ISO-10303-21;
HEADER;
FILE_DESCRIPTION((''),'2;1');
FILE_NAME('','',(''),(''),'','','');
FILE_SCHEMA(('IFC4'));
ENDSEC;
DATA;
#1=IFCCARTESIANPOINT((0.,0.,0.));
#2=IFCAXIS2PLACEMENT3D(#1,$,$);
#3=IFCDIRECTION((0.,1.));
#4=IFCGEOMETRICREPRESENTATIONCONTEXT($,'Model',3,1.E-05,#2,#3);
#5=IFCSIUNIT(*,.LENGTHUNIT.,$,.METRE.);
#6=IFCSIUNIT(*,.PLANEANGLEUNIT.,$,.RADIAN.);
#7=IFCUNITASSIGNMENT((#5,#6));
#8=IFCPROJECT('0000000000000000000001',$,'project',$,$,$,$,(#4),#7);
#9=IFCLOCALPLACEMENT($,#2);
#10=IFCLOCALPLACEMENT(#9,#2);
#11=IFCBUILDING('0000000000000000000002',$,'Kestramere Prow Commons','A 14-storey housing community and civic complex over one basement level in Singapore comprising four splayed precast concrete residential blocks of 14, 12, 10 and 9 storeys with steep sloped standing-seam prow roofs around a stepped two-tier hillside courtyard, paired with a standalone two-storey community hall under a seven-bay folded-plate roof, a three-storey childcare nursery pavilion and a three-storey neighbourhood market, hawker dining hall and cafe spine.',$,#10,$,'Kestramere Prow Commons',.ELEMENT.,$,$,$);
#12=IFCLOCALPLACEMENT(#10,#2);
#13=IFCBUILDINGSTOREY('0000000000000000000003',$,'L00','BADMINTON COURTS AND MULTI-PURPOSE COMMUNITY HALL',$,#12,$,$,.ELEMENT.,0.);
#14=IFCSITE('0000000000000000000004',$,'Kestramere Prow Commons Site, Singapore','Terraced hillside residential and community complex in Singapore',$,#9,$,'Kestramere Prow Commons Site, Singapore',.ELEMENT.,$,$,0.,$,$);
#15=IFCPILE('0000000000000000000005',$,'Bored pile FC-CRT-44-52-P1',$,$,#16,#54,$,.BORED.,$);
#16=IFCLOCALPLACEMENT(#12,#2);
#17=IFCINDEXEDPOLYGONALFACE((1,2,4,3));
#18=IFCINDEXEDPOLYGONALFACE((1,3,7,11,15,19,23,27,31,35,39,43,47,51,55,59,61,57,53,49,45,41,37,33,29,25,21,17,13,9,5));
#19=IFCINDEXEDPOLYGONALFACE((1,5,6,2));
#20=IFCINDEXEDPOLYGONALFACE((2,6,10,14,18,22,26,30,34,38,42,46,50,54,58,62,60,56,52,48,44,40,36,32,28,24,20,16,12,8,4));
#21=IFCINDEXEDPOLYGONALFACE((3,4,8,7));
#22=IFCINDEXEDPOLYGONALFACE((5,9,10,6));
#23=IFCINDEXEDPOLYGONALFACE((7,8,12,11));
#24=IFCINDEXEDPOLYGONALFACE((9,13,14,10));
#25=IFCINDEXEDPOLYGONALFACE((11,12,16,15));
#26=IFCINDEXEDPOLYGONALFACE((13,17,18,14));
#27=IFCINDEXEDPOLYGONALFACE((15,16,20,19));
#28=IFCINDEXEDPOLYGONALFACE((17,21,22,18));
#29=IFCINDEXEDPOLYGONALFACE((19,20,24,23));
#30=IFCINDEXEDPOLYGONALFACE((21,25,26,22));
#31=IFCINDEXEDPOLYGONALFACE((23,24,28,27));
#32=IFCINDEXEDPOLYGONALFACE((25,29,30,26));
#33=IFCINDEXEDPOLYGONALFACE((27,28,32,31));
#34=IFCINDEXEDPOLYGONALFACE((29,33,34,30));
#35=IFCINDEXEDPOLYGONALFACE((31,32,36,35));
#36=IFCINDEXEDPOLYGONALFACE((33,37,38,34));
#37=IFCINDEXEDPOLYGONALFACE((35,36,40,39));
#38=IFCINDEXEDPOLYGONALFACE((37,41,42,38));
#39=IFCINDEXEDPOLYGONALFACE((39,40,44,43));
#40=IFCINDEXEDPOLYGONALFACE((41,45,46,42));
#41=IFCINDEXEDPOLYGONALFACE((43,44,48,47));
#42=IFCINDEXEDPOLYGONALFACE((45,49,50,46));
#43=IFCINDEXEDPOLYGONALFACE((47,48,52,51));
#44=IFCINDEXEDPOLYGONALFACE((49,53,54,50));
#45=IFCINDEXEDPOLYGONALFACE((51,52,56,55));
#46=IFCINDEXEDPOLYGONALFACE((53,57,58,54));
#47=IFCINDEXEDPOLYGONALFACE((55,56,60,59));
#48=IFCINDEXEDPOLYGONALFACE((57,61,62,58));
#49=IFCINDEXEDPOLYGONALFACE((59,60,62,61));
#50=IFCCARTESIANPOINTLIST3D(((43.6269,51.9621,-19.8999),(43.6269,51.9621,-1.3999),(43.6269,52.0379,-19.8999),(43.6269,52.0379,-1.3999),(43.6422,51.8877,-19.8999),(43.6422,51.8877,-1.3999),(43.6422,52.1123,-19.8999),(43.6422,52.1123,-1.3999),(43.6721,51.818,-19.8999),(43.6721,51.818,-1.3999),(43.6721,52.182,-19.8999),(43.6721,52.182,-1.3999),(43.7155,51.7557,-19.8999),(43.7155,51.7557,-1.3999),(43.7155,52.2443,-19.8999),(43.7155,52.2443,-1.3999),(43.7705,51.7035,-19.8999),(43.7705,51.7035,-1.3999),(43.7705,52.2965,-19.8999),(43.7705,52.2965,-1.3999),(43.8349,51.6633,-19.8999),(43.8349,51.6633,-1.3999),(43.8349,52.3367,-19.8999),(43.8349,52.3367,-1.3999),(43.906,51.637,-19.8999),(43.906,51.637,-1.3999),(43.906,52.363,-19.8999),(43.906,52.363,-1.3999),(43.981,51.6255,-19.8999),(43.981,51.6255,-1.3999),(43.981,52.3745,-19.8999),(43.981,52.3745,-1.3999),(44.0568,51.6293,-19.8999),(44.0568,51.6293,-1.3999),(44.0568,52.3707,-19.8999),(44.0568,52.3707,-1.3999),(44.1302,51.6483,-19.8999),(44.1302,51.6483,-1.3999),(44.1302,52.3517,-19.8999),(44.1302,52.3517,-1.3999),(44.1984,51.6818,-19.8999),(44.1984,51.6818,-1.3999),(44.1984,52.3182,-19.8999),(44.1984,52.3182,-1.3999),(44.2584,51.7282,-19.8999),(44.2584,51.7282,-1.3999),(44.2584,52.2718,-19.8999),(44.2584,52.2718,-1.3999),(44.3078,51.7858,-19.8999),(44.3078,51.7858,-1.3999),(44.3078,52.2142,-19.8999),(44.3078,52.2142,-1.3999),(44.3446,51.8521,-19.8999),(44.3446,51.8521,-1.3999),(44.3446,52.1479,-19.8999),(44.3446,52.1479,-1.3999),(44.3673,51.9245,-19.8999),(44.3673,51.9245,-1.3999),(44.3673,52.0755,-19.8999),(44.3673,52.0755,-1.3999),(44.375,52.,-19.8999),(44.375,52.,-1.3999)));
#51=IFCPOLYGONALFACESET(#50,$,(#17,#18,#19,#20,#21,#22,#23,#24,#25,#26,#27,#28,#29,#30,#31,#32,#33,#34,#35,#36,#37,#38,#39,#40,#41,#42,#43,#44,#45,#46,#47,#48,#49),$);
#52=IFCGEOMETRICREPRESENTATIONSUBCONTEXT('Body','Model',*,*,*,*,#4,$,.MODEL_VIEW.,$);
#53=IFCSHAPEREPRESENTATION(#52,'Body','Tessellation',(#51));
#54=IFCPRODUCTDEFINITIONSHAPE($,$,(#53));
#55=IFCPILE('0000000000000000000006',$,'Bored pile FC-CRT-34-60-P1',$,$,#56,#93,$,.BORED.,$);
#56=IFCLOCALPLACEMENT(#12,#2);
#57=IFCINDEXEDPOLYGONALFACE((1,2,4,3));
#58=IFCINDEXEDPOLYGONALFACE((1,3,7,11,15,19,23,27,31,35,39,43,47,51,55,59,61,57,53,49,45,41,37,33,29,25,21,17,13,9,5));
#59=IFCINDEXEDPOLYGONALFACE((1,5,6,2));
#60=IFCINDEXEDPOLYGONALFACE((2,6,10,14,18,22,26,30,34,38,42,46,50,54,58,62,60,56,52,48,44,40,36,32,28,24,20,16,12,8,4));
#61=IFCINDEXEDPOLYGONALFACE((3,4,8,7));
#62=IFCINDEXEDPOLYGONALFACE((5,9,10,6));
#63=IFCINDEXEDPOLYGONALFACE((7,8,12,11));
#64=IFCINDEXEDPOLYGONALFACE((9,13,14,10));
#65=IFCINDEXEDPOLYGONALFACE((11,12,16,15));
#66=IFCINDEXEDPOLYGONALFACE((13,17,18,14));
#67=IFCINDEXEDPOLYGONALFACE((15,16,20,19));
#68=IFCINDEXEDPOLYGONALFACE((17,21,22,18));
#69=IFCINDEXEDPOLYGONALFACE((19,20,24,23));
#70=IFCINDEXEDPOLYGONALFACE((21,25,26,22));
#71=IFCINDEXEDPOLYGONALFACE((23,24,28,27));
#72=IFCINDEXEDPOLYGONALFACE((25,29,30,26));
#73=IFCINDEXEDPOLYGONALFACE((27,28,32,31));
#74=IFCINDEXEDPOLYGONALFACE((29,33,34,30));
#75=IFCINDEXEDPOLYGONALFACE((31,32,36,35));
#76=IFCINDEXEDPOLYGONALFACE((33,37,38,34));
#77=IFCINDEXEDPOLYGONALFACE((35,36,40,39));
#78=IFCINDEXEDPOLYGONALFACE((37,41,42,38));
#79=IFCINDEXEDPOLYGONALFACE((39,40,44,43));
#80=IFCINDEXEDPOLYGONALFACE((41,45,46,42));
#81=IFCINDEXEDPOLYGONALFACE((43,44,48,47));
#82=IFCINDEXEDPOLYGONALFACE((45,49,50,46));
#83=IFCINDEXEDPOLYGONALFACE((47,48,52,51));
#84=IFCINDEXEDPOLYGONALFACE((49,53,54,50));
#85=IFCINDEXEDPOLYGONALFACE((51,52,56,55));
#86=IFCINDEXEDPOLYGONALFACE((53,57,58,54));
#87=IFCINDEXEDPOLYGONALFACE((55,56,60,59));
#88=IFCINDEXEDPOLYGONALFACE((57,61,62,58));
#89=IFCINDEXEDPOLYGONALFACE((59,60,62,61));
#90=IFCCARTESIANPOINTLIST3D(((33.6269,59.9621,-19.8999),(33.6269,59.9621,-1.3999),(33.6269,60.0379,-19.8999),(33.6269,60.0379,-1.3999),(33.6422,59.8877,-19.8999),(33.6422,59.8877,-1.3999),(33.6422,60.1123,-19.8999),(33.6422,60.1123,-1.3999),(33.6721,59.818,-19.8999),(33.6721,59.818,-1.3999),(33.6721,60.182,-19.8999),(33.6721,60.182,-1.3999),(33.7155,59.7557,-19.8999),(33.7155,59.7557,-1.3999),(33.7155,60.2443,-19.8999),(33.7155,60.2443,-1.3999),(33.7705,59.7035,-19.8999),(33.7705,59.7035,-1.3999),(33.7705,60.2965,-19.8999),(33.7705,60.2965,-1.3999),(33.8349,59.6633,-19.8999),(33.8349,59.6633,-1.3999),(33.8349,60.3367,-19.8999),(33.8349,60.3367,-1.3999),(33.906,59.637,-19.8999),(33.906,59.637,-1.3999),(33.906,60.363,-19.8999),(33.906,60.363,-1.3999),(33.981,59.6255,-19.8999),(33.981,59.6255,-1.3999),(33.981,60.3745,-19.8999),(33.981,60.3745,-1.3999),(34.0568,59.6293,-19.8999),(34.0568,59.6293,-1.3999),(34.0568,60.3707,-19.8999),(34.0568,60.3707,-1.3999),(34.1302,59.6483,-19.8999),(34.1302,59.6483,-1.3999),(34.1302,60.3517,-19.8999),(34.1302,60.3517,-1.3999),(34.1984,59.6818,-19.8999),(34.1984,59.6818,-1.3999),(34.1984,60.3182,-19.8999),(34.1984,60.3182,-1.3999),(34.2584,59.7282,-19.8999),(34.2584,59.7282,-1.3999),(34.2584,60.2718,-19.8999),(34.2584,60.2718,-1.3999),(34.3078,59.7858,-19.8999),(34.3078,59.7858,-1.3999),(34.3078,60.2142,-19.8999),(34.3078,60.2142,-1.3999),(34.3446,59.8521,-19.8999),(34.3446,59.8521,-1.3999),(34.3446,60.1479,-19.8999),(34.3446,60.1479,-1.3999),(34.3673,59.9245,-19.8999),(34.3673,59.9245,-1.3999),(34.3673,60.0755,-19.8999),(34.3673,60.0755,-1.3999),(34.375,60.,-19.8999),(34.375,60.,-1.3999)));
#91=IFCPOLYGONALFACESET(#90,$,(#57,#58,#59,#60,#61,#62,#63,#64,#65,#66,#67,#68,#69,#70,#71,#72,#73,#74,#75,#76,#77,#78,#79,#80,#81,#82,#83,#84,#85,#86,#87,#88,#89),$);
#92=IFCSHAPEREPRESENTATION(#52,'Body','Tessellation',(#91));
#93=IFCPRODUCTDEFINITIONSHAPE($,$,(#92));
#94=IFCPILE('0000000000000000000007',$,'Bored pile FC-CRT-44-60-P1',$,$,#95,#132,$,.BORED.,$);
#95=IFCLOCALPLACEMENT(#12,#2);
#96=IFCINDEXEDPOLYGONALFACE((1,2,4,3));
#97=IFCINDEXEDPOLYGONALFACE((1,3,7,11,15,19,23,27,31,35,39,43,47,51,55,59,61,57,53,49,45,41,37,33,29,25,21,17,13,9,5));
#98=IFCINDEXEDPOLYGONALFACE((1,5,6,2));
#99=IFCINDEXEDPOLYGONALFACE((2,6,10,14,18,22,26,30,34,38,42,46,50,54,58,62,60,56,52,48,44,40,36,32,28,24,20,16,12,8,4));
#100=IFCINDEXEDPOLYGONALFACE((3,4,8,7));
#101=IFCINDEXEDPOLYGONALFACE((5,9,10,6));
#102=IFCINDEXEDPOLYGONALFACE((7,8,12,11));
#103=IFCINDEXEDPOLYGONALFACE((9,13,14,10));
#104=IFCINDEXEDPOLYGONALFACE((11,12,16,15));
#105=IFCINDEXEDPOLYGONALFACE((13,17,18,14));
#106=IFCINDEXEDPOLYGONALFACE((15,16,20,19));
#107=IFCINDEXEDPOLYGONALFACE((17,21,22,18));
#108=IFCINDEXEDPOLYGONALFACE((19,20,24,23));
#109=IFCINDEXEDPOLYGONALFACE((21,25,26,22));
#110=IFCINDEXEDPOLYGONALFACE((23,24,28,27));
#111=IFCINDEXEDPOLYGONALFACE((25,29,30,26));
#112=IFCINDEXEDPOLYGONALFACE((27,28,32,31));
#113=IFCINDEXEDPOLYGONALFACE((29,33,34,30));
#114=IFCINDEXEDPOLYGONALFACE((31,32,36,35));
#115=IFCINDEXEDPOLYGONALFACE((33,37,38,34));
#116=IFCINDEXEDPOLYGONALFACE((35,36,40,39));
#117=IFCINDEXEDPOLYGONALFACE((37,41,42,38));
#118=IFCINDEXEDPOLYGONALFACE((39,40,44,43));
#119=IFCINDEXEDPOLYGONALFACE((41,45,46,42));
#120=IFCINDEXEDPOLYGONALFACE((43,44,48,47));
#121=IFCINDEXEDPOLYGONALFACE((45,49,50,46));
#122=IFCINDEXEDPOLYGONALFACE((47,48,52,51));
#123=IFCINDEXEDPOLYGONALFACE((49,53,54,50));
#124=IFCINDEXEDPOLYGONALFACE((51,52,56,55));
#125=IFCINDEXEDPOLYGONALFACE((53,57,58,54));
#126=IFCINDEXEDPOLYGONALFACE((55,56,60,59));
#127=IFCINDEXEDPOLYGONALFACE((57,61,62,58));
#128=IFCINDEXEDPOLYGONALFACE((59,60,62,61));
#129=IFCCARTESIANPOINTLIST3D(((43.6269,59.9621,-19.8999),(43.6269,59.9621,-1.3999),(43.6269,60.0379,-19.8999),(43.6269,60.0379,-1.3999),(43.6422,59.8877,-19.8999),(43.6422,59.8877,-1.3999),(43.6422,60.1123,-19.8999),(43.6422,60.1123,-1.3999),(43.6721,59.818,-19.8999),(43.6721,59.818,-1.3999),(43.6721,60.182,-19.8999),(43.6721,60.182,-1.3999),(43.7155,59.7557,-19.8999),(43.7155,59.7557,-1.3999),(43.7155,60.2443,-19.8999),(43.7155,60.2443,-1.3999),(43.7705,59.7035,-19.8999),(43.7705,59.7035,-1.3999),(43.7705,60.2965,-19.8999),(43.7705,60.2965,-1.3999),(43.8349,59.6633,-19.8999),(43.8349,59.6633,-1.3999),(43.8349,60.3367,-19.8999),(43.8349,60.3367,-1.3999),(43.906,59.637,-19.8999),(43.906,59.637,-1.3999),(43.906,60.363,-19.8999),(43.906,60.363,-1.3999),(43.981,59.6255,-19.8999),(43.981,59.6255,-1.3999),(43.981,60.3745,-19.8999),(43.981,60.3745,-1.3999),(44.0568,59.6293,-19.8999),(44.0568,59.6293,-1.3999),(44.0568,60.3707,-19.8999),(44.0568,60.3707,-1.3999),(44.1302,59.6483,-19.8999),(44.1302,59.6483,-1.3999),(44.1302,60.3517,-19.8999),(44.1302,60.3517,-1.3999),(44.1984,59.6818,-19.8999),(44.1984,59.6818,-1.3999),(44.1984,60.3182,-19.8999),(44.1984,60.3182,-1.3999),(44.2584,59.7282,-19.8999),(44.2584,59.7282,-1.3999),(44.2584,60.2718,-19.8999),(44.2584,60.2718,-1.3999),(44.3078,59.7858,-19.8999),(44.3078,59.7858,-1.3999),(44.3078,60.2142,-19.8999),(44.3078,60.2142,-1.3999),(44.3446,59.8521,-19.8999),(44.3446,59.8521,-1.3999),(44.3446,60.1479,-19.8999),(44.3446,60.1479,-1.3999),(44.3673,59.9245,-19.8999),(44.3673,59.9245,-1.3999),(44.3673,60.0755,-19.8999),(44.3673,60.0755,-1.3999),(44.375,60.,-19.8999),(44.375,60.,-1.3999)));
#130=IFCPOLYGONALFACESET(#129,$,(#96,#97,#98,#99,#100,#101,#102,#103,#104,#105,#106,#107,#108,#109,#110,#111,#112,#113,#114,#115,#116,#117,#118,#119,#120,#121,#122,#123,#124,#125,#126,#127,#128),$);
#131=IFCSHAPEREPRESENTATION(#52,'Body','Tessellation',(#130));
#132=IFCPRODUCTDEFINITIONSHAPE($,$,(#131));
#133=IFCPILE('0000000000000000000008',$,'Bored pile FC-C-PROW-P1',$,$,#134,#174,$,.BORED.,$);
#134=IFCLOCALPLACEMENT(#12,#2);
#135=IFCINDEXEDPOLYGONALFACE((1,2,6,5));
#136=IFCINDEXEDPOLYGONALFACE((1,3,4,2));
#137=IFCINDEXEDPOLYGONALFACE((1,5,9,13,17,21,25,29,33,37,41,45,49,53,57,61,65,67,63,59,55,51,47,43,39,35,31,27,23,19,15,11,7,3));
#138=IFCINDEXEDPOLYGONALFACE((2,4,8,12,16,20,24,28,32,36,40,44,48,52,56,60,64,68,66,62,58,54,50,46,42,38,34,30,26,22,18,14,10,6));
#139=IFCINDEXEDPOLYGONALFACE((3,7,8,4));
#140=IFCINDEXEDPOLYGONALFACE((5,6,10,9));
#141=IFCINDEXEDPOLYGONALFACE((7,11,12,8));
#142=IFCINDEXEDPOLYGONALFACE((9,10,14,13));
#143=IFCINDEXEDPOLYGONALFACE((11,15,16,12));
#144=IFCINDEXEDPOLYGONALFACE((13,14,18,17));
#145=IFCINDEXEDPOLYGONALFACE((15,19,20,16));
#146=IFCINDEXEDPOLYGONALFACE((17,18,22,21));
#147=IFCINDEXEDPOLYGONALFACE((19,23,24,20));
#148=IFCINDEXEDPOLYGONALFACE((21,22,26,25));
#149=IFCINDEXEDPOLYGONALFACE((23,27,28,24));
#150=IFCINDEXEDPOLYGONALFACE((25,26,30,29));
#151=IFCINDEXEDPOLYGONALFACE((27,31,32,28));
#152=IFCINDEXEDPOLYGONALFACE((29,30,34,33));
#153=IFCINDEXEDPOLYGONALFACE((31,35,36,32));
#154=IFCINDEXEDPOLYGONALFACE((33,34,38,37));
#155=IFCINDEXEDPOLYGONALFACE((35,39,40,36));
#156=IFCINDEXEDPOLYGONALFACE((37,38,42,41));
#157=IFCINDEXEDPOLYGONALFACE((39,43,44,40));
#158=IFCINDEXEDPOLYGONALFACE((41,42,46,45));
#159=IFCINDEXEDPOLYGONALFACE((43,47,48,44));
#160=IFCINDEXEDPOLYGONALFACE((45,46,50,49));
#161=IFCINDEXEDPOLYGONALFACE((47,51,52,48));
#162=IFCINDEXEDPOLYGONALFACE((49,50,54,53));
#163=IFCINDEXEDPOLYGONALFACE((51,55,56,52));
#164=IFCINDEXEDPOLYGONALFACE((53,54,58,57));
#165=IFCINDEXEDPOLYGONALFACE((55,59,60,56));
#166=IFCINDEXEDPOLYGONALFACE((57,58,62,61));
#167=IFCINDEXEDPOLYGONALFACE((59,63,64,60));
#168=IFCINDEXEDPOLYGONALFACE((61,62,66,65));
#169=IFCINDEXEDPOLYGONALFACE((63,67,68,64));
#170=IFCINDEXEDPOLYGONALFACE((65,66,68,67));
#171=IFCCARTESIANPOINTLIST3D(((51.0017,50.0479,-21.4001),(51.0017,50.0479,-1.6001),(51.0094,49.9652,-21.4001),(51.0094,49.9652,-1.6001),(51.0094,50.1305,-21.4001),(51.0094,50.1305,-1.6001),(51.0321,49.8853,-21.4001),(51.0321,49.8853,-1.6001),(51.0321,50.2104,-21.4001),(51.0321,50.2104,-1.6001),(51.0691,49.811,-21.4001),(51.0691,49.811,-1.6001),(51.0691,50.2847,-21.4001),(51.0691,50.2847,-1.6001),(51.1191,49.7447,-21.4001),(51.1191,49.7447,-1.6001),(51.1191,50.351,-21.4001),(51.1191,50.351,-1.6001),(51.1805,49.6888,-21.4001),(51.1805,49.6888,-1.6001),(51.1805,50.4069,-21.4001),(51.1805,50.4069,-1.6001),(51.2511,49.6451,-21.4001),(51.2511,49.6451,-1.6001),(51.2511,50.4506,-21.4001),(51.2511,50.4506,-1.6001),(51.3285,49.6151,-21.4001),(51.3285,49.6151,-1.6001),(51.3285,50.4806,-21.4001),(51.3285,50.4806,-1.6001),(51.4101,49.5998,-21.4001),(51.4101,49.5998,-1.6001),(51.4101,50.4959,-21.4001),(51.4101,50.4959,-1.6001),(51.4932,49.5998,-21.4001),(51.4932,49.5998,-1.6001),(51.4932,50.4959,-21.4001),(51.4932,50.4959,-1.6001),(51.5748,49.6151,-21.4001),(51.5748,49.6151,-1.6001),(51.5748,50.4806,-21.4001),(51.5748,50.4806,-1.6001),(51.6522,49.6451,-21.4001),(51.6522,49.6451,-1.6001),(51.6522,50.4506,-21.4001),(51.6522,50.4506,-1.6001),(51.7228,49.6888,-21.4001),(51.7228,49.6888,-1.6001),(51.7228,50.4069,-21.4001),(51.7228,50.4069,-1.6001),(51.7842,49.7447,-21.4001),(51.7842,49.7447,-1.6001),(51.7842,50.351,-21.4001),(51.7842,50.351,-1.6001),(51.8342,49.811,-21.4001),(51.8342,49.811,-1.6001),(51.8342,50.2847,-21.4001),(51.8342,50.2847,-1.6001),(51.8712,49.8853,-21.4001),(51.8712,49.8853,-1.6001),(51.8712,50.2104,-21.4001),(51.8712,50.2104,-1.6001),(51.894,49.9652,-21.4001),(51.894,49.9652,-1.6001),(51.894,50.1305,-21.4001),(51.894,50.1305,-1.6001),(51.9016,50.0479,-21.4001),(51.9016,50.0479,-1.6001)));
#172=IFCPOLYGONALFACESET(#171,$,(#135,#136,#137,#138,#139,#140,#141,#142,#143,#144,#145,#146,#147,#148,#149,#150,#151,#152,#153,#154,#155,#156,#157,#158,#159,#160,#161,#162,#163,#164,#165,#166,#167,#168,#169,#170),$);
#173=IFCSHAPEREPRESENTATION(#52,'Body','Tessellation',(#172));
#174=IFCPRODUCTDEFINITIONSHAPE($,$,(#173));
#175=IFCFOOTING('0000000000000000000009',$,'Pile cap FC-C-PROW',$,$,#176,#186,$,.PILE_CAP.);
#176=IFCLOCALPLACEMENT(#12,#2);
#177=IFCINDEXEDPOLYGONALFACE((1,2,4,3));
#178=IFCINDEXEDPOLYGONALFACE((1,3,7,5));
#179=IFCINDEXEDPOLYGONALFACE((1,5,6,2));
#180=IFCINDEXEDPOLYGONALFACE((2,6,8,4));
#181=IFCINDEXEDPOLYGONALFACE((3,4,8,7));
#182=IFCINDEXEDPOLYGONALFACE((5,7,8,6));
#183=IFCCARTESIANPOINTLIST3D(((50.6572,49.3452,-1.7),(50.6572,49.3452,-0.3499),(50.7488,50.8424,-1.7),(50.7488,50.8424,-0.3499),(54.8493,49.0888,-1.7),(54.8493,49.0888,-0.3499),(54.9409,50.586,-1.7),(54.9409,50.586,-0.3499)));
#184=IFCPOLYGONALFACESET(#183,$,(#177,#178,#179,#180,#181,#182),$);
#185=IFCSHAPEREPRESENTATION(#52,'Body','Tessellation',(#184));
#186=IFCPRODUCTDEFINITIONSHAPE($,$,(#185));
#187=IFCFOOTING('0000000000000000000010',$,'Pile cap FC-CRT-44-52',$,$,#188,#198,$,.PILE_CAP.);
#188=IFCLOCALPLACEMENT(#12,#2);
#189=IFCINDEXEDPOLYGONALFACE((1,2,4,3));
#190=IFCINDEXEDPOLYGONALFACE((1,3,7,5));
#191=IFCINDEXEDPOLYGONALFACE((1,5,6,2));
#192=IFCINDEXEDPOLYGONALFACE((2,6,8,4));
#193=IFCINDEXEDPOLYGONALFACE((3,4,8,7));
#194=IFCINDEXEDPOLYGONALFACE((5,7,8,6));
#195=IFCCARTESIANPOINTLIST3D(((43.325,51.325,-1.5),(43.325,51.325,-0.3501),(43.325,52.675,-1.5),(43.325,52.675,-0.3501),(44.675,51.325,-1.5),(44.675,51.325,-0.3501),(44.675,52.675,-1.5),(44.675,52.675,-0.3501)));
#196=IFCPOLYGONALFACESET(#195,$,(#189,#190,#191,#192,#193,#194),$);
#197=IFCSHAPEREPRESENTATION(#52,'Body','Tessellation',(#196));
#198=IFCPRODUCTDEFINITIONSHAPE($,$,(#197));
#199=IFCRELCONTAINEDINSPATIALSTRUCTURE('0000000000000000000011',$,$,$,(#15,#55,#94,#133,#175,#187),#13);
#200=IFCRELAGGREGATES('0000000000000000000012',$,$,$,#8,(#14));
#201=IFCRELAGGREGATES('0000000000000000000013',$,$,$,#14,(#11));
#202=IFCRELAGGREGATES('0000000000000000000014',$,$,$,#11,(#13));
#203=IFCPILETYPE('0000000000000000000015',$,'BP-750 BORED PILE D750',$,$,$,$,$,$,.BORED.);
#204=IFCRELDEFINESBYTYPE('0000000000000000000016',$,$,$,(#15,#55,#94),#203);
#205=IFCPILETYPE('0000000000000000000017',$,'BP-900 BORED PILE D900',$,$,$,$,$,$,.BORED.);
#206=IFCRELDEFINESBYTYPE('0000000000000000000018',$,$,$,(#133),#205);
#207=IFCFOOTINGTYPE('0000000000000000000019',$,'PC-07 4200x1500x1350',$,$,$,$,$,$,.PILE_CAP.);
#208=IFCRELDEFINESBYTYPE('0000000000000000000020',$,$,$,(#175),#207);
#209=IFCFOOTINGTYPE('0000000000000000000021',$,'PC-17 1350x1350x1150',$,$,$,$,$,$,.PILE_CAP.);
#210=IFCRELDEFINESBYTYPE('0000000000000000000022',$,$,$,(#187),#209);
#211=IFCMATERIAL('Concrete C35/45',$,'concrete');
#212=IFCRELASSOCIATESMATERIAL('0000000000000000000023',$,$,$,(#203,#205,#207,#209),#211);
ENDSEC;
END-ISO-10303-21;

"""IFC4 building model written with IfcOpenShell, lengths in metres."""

from ifc_helpers import new_model, si_unit, direction, frame, origin, origin_2d, place, context, subcontext, project, spatial, rectangle, circle, extrude, material, material_profile, profile_set, type_object, element, save


model = new_model("IFC4")

# Units and contexts
model_context = context("Model", 3, precision=1e-05, world=origin(), true_north=direction((0.0, 1.0)))
body_context = subcontext(model_context, "Body", "Model", "MODEL_VIEW")
ifc_project = project(units=[si_unit("LENGTHUNIT", "METRE"), si_unit("PLANEANGLEUNIT", "RADIAN")], contexts=[model_context])

# Site, building, storey
site_placement = place(None, origin())
site = spatial("IfcSite", under=ifc_project, at=site_placement, Name="Kestramere Prow Commons Site, Singapore", Description="Terraced hillside residential and community complex in Singapore", LongName="Kestramere Prow Commons Site, Singapore", CompositionType="ELEMENT", RefElevation=0.0)
building_placement = place(site_placement, origin())
building = spatial("IfcBuilding", under=site, at=building_placement, Name="Kestramere Prow Commons", Description="A 14-storey housing community and civic complex over one basement level in Singapore comprising four splayed precast concrete residential blocks of 14, 12, 10 and 9 storeys with steep sloped standing-seam prow roofs around a stepped two-tier hillside courtyard, paired with a standalone two-storey community hall under a seven-bay folded-plate roof, a three-storey childcare nursery pavilion and a three-storey neighbourhood market, hawker dining hall and cafe spine.", LongName="Kestramere Prow Commons", CompositionType="ELEMENT")
storey_placement = place(building_placement, origin())
storey = spatial("IfcBuildingStorey", under=building, at=storey_placement, Name="L00", Description="BADMINTON COURTS AND MULTI-PURPOSE COMMUNITY HALL", CompositionType="ELEMENT", Elevation=0.0)

# Piles
ifc_material_1 = material(Name="Concrete C35/45", Category="concrete")
ifc_material_profile_1 = material_profile(ifc_material_1, circle(Radius=0.375, at=origin_2d()), Name="BORED PILE D750")
ifc_profile_set_1 = profile_set([ifc_material_profile_1], Name="Concrete C35/45")
pile_type_1 = type_object("IfcPileType", Name="BP-750 BORED PILE D750", PredefinedType="BORED", material=ifc_profile_set_1)
for number, where, z_axis, x_axis, name in (
    (1, (44.0, 52.0, -1.3999), (0.0, 0.0, -1.0), (1.0, 0.0, 0.0), "Bored pile FC-CRT-44-52-P1"),
    (2, (34.0, 60.0, -1.3999), (0.0, 0.0, -1.0), (1.0, 0.0, 0.0), "Bored pile FC-CRT-34-60-P1"),
    (3, (44.0, 60.0, -1.3999), (0.0, 0.0, -1.0), (1.0, 0.0, 0.0), "Bored pile FC-CRT-44-60-P1"),
):
    element("IfcPile", number, at=place(storey_placement, frame(where, z_axis=z_axis, x_axis=x_axis)), inside=storey, type_object=pile_type_1, Name=name, PredefinedType="BORED", context=body_context, shape_type="SweptSolid", body=[
        extrude(circle(Radius=0.375, at=origin_2d()), origin(), (0.0, 0.0, 1.0), 18.5),
    ])
ifc_material_profile_2 = material_profile(ifc_material_1, circle(Radius=0.45, at=origin_2d()), Name="BORED PILE D900")
ifc_profile_set_2 = profile_set([ifc_material_profile_2], Name="Concrete C35/45")
pile_type_2 = type_object("IfcPileType", Name="BP-900 BORED PILE D900", PredefinedType="BORED", material=ifc_profile_set_2)
pile_placement = place(storey_placement, frame((51.4517, 50.0479, -1.6001), z_axis=(0.0, 0.0, -1.0), x_axis=(1.0, 0.0, 0.0)))
element("IfcPile", 4, at=pile_placement, inside=storey, type_object=pile_type_2, Name="Bored pile FC-C-PROW-P1", PredefinedType="BORED", context=body_context, shape_type="SweptSolid", body=[
    extrude(circle(Radius=0.45, at=origin_2d()), origin(), (0.0, 0.0, 1.0), 19.8),
])

# Footings
footing_type_1 = type_object("IfcFootingType", Name="PC-07 4200x1500x1350", PredefinedType="PILE_CAP", material=ifc_material_1)
footing_placement = place(storey_placement, frame((52.7991, 49.9656, -1.7), z_axis=(0.0, 0.0, 1.0), x_axis=(0.998135, -0.061049, 0.0)))
element("IfcFooting", 5, at=footing_placement, inside=storey, type_object=footing_type_1, Name="Pile cap FC-C-PROW", PredefinedType="PILE_CAP", context=body_context, shape_type="SweptSolid", body=[
    extrude(rectangle(XDim=4.2, YDim=1.5, at=origin_2d()), origin(), (0.0, 0.0, 1.0), 1.3501),
])
footing_type_2 = type_object("IfcFootingType", Name="PC-17 1350x1350x1150", PredefinedType="PILE_CAP", material=ifc_material_1)
for number, where, z_axis, x_axis, name in (
    (6, (44.0, 52.0, -1.5), (0.0, 0.0, 1.0), (1.0, 0.0, 0.0), "Pile cap FC-CRT-44-52"),
):
    element("IfcFooting", number, at=place(storey_placement, frame(where, z_axis=z_axis, x_axis=x_axis)), inside=storey, type_object=footing_type_2, Name=name, PredefinedType="PILE_CAP", context=body_context, shape_type="SweptSolid", body=[
        extrude(rectangle(XDim=1.3501, YDim=1.3501, at=origin_2d()), origin(), (0.0, 0.0, 1.0), 1.1499),
    ])

save(model, "model.ifc")
